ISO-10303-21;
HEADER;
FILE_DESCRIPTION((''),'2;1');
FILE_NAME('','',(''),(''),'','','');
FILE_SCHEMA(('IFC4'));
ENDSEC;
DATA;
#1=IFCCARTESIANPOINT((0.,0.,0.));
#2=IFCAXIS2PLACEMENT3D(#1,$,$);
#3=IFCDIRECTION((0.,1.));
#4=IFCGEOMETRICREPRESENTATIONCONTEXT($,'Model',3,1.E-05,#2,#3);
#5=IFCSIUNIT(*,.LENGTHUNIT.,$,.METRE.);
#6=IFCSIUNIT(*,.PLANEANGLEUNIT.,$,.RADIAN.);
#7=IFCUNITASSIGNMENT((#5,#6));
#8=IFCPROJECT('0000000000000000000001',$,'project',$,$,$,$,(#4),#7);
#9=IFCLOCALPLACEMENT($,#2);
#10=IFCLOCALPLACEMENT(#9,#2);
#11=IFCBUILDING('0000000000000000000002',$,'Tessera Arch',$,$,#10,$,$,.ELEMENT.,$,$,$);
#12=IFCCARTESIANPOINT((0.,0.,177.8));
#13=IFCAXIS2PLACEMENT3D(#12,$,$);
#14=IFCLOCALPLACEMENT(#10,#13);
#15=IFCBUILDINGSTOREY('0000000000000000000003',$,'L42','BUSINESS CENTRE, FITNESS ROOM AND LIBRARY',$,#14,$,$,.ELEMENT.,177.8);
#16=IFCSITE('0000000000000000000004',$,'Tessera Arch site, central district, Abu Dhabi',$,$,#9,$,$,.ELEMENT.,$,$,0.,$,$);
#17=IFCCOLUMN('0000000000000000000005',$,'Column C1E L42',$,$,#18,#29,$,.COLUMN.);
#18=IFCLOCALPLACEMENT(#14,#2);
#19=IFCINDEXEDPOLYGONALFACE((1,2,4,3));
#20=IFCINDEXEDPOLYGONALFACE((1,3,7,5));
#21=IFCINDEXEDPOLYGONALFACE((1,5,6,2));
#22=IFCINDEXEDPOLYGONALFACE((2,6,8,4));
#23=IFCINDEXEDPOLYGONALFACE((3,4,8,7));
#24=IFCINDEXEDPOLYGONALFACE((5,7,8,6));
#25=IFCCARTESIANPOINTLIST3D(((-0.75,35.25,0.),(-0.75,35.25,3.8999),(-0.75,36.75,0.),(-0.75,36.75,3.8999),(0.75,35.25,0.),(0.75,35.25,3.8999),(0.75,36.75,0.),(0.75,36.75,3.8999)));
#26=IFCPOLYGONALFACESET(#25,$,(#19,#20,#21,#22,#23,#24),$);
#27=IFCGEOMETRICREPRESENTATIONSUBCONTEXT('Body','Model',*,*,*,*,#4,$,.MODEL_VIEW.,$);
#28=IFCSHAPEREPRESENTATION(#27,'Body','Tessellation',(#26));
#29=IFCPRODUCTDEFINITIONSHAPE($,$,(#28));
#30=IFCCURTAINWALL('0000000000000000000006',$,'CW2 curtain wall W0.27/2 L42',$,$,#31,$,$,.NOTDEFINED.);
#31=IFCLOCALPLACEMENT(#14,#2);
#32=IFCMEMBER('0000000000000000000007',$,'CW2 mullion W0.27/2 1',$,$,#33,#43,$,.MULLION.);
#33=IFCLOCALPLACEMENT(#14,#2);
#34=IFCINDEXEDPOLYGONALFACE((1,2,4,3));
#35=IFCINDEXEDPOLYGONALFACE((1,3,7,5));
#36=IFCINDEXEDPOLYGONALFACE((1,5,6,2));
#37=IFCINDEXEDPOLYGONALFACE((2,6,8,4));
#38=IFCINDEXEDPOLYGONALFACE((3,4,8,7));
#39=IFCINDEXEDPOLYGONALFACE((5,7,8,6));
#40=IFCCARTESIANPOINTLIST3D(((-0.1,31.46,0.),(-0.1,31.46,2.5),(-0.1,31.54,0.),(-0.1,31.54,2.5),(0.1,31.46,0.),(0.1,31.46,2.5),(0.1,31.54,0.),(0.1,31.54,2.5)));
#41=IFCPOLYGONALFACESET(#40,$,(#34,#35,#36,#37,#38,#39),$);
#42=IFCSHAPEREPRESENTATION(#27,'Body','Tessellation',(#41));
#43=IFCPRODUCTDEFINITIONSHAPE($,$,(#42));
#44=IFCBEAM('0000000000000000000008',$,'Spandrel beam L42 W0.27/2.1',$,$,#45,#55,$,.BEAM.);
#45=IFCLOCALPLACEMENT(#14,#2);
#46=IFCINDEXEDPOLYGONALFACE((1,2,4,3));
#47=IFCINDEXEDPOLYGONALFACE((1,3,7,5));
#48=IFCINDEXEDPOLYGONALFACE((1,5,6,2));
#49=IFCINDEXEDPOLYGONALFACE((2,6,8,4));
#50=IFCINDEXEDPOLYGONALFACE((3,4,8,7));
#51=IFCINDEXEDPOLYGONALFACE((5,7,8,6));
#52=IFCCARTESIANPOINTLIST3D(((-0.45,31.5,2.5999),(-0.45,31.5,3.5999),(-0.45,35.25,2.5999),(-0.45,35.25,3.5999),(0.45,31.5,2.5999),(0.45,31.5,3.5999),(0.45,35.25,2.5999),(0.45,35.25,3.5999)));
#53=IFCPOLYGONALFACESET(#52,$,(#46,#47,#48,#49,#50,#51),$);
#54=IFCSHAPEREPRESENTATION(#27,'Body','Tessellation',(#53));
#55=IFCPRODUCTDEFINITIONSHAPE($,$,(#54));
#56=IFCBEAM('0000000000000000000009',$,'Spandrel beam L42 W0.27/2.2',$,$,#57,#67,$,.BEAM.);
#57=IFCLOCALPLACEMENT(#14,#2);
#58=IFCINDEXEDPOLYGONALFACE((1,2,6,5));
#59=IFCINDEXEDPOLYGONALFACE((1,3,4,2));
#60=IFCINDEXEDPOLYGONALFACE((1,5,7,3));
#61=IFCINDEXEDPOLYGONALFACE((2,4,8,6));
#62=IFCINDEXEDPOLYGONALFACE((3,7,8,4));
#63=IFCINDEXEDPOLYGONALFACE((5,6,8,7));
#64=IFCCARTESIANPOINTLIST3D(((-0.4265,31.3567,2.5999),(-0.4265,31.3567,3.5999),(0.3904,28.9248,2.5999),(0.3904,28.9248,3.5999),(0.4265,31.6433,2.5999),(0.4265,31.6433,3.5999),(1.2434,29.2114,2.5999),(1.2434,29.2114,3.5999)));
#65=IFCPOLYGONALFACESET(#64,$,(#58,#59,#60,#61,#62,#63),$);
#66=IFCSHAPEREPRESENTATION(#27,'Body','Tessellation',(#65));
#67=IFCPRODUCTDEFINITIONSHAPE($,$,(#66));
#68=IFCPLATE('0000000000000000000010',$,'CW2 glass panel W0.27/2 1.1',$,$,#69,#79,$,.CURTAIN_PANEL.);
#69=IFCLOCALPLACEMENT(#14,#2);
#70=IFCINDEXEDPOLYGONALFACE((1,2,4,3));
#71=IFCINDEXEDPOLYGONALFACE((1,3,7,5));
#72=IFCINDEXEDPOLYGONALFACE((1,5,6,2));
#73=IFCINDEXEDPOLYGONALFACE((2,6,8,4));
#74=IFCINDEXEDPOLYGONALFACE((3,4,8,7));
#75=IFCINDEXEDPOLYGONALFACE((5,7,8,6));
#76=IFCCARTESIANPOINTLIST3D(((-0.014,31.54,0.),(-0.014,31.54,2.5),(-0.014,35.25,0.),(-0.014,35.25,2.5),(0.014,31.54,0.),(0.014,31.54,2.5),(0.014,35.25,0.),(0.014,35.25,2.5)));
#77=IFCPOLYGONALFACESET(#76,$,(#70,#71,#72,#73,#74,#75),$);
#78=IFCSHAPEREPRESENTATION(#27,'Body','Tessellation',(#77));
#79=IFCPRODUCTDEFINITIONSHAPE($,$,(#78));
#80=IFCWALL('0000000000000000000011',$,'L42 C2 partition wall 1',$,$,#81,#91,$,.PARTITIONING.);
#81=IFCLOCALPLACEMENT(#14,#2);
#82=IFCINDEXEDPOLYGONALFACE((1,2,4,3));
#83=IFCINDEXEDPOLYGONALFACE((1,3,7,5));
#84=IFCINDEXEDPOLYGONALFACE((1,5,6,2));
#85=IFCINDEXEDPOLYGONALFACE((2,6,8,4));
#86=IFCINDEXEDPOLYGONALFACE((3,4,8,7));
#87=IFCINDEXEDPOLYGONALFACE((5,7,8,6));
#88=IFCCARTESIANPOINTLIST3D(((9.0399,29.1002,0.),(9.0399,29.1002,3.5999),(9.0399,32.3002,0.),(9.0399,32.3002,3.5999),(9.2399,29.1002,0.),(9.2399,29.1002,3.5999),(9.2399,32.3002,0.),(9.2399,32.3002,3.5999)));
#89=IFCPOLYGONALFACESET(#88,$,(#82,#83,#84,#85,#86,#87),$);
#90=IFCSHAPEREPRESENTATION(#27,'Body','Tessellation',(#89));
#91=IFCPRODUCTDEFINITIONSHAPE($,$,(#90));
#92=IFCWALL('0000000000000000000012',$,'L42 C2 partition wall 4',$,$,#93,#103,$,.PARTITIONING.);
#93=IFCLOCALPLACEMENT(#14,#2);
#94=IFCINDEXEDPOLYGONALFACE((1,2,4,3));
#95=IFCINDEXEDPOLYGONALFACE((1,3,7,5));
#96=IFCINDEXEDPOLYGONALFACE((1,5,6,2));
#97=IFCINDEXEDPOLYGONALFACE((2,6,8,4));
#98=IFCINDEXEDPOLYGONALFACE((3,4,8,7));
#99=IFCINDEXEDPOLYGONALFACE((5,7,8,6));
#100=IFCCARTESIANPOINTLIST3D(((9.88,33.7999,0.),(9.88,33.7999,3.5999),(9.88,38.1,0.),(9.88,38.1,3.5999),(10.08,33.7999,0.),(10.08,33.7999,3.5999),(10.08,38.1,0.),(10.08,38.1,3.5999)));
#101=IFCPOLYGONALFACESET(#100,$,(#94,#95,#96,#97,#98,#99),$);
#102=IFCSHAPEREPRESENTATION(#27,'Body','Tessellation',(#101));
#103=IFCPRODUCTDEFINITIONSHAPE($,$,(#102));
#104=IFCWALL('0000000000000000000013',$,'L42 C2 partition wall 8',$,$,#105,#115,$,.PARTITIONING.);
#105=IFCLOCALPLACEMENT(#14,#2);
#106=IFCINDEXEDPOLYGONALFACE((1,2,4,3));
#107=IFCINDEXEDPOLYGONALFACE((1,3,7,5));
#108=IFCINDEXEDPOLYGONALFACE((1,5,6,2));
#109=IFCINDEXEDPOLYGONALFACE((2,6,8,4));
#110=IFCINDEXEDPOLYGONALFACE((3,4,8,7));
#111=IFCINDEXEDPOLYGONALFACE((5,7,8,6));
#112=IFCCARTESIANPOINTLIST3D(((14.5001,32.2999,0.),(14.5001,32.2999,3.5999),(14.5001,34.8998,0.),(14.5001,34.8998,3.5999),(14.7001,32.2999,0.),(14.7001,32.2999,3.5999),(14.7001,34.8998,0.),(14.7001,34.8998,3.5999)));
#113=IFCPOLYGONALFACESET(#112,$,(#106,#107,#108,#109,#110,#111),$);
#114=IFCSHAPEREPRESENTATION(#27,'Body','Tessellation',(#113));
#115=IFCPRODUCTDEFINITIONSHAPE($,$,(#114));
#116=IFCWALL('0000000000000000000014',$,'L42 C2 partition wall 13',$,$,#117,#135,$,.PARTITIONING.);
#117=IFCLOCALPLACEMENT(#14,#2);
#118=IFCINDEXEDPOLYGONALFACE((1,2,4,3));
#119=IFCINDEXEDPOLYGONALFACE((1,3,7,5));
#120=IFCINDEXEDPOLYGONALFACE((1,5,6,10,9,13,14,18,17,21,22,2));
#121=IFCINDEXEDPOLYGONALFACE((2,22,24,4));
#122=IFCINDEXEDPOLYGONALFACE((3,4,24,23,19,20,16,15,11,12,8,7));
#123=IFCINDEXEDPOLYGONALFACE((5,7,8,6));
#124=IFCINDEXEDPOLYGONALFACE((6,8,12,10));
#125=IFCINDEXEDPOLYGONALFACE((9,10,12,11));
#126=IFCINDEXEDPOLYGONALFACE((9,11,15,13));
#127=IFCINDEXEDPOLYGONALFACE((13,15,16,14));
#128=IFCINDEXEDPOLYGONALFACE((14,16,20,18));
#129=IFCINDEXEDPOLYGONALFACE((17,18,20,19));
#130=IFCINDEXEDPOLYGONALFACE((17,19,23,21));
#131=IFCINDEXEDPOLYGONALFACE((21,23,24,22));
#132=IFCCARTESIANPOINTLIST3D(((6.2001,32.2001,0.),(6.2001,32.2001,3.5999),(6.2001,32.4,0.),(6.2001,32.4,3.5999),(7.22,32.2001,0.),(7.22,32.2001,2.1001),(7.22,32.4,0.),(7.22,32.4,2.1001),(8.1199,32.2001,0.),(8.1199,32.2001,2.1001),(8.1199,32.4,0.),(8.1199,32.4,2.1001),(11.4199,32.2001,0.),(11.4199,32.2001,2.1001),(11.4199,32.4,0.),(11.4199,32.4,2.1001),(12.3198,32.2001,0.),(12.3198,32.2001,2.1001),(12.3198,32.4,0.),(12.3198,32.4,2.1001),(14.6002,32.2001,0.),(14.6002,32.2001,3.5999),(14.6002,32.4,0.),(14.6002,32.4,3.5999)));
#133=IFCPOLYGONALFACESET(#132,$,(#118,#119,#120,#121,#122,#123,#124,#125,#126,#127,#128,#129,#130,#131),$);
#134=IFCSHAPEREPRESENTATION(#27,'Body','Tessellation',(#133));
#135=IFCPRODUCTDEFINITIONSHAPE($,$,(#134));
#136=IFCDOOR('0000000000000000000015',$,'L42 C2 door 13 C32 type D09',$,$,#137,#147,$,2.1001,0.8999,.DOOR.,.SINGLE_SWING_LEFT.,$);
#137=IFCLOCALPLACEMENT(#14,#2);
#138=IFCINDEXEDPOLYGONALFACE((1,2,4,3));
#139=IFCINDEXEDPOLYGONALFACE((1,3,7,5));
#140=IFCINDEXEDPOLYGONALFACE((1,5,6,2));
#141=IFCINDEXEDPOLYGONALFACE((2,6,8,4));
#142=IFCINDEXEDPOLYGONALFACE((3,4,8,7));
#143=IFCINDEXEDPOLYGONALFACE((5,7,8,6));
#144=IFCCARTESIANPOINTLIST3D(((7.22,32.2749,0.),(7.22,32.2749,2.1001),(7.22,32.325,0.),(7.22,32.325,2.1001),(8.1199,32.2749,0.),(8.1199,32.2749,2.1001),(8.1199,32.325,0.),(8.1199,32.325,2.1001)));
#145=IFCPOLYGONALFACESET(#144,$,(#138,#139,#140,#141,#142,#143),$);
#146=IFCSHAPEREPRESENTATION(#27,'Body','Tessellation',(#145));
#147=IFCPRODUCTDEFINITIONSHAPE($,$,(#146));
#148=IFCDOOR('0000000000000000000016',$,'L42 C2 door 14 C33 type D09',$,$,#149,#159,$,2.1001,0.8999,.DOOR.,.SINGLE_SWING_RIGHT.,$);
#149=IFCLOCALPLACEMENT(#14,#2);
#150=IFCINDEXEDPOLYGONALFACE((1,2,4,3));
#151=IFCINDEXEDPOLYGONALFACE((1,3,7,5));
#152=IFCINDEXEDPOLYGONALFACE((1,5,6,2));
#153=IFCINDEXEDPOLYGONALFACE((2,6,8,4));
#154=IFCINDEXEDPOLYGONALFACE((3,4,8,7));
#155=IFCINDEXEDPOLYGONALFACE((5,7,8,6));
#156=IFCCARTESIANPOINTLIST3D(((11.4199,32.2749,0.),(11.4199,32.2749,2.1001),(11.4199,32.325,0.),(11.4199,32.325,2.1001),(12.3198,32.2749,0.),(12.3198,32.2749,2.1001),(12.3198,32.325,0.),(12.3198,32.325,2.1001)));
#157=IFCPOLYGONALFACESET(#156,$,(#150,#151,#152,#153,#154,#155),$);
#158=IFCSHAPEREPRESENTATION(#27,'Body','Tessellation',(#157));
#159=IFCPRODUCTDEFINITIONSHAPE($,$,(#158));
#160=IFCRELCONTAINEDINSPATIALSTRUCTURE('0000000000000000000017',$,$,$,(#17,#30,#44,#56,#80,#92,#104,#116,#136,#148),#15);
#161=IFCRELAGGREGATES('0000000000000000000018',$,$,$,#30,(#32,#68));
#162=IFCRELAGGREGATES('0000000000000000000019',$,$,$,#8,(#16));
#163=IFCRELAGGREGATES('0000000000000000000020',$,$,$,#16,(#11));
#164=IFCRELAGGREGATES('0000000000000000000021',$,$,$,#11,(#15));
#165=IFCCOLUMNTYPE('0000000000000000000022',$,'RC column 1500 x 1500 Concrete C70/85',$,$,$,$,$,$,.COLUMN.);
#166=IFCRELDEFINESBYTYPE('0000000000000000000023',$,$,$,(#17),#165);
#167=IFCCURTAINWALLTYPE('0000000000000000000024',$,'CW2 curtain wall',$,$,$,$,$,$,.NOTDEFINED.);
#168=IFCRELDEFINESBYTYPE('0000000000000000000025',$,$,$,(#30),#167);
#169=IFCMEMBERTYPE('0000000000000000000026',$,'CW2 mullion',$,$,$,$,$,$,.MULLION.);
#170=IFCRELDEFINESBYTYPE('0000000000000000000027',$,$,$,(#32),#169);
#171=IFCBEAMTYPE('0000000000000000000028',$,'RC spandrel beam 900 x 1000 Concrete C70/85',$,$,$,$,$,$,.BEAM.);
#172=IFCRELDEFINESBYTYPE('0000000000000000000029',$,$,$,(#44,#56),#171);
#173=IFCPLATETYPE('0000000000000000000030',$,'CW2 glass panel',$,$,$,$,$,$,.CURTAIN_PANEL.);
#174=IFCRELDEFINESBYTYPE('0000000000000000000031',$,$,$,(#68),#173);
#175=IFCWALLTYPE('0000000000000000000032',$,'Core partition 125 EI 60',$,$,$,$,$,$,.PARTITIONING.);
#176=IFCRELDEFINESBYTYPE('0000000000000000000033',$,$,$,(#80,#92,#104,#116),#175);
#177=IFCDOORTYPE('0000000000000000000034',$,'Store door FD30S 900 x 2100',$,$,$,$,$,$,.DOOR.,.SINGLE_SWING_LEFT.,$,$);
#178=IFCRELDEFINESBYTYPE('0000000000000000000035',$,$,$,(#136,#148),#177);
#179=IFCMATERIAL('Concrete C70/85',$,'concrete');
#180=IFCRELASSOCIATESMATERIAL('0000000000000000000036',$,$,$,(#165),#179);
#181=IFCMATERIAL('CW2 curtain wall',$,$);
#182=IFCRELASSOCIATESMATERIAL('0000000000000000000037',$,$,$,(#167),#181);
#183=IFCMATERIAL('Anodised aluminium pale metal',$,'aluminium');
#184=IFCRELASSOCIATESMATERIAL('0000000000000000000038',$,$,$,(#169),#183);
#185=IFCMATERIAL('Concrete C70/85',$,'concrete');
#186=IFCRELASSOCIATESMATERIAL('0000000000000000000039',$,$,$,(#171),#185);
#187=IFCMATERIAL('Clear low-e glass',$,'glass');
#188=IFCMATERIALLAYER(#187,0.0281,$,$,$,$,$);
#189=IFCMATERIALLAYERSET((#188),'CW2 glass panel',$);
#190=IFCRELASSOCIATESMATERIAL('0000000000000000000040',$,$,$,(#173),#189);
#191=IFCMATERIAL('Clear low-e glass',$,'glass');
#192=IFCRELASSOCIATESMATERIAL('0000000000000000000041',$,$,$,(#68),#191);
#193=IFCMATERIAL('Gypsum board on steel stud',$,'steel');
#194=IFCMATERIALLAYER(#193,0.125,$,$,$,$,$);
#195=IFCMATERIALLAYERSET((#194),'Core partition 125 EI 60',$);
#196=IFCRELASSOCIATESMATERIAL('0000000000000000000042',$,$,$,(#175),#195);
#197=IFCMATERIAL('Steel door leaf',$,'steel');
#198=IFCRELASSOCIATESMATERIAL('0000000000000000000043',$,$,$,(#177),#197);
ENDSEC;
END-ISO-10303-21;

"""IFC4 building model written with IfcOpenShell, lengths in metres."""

from ifc_helpers import new_model, si_unit, direction, frame, frame_2d, origin, origin_2d, place, context, subcontext, project, spatial, rectangle, extrude, material, layer, layer_set, material_profile, profile_set, type_object, element, fill, aggregate, save


model = new_model("IFC4")

# Units and contexts
model_context = context("Model", 3, precision=1e-05, world=origin(), true_north=direction((0.0, 1.0)))
body_context = subcontext(model_context, "Body", "Model", "MODEL_VIEW")
ifc_project = project(units=[si_unit("LENGTHUNIT", "METRE"), si_unit("PLANEANGLEUNIT", "RADIAN")], contexts=[model_context])

# Site, building, storey
site_placement = place(None, origin())
site = spatial("IfcSite", under=ifc_project, at=site_placement, Name="Tessera Arch site, central district, Abu Dhabi", CompositionType="ELEMENT", RefElevation=0.0)
building_placement = place(site_placement, origin())
building = spatial("IfcBuilding", under=site, at=building_placement, Name="Tessera Arch", CompositionType="ELEMENT")
storey_placement = place(building_placement, frame((0.0, 0.0, 177.8)))
storey = spatial("IfcBuildingStorey", under=building, at=storey_placement, Name="L42", Description="BUSINESS CENTRE, FITNESS ROOM AND LIBRARY", CompositionType="ELEMENT", Elevation=177.8)

# Column
ifc_material_1 = material(Name="Concrete C70/85", Category="concrete")
ifc_material_profile_1 = material_profile(ifc_material_1, rectangle(XDim=1.5, YDim=1.5, at=origin_2d()), Name="RC column 1500 x 1500 Concrete C70/85")
ifc_profile_set_1 = profile_set([ifc_material_profile_1], Name="Concrete C70/85")
column_type = type_object("IfcColumnType", Name="RC column 1500 x 1500 Concrete C70/85", PredefinedType="COLUMN", material=ifc_profile_set_1)
column_placement = place(storey_placement, frame((0.0, 36.0, 0.0), z_axis=(0.0, 0.0, 1.0), x_axis=(1.0, 0.0, 0.0)))
element("IfcColumn", 1, at=column_placement, inside=storey, type_object=column_type, Name="Column C1E L42", PredefinedType="COLUMN", context=body_context, shape_type="SweptSolid", body=[
    extrude(rectangle(XDim=1.5, YDim=1.5, at=origin_2d()), origin(), (0.0, 0.0, 1.0), 3.8999),
])

# Curtain wall, member
ifc_material_2 = material(Name="CW2 curtain wall")
curtain_wall_type = type_object("IfcCurtainWallType", Name="CW2 curtain wall", PredefinedType="NOTDEFINED", material=ifc_material_2)
curtain_wall_placement = place(storey_placement, origin())
curtain_wall = element("IfcCurtainWall", 2, at=curtain_wall_placement, inside=storey, type_object=curtain_wall_type, Name="CW2 curtain wall W0.27/2 L42", PredefinedType="NOTDEFINED")
ifc_material_3 = material(Name="Anodised aluminium pale metal", Category="aluminium")
ifc_material_profile_2 = material_profile(ifc_material_3, rectangle(XDim=0.2, YDim=0.0801, at=origin_2d()), Name="AL 80x200")
ifc_profile_set_2 = profile_set([ifc_material_profile_2], Name="Anodised aluminium pale metal")
member_type = type_object("IfcMemberType", Name="CW2 mullion", PredefinedType="MULLION", material=ifc_profile_set_2)
member_placement = place(storey_placement, frame((0.0, 31.5, 0.0), z_axis=(0.0, 0.0, 1.0), x_axis=(1.0, 0.0, 0.0)))
member = element("IfcMember", 3, at=member_placement, type_object=member_type, Name="CW2 mullion W0.27/2 1", PredefinedType="MULLION", context=body_context, shape_type="SweptSolid", body=[
    extrude(rectangle(XDim=0.2, YDim=0.0801, at=origin_2d()), origin(), (0.0, 0.0, 1.0), 2.5),
])

# Beams
ifc_material_4 = material(Name="Concrete C70/85", Category="concrete")
ifc_material_profile_3 = material_profile(ifc_material_4, rectangle(XDim=0.8999, YDim=1.0, at=origin_2d()), Name="RC spandrel beam 900 x 1000 Concrete C70/85")
ifc_profile_set_3 = profile_set([ifc_material_profile_3], Name="Concrete C70/85")
beam_type = type_object("IfcBeamType", Name="RC spandrel beam 900 x 1000 Concrete C70/85", PredefinedType="BEAM", material=ifc_profile_set_3)
beam_1_placement = place(storey_placement, frame((0.0, 35.25, 3.0999), z_axis=(0.0, -1.0, 0.0), x_axis=(1.0, 0.0, 0.0)))
element("IfcBeam", 4, at=beam_1_placement, inside=storey, type_object=beam_type, Name="Spandrel beam L42 W0.27/2.1", PredefinedType="BEAM", context=body_context, shape_type="SweptSolid", body=[
    extrude(rectangle(XDim=0.8999, YDim=1.0, at=origin_2d()), origin(), (0.0, 0.0, 1.0), 3.75),
])
beam_2_placement = place(storey_placement, frame((0.0, 31.5, 3.0999), z_axis=(0.318425, -0.947948, 0.0), x_axis=(0.947948, 0.318425, 0.0)))
element("IfcBeam", 5, at=beam_2_placement, inside=storey, type_object=beam_type, Name="Spandrel beam L42 W0.27/2.2", PredefinedType="BEAM", context=body_context, shape_type="SweptSolid", body=[
    extrude(rectangle(XDim=0.8999, YDim=1.0, at=origin_2d()), origin(), (0.0, 0.0, 1.0), 2.5654),
])

# Plate
ifc_material_5 = material(Name="Clear low-e glass", Category="glass")
ifc_material_6 = material(Name="Clear low-e glass", Category="glass")
ifc_layer_1 = layer(ifc_material_6, 0.0281)
ifc_layer_set_1 = layer_set([ifc_layer_1], Name="CW2 glass panel")
plate_type = type_object("IfcPlateType", Name="CW2 glass panel", PredefinedType="CURTAIN_PANEL", material=ifc_layer_set_1)
plate_placement = place(storey_placement, frame((0.0, 33.395, 0.0), z_axis=(0.0, 0.0, 1.0), x_axis=(0.0, -1.0, 0.0)))
plate = element("IfcPlate", 6, at=plate_placement, type_object=plate_type, material=ifc_material_5, Name="CW2 glass panel W0.27/2 1.1", PredefinedType="CURTAIN_PANEL", context=body_context, shape_type="SweptSolid", body=[
    extrude(rectangle(XDim=3.71, YDim=0.0281, at=origin_2d()), origin(), (0.0, 0.0, 1.0), 2.5),
])
aggregate(curtain_wall, [member, plate])

# Walls
ifc_material_7 = material(Name="Gypsum board on steel stud", Category="steel")
ifc_layer_2 = layer(ifc_material_7, 0.125)
ifc_layer_set_2 = layer_set([ifc_layer_2], Name="Core partition 125 EI 60")
wall_type_1 = type_object("IfcWallType", Name="Core partition 125 EI 60", PredefinedType="PARTITIONING", material=ifc_layer_set_2)
wall_1_placement = place(storey_placement, frame((9.1399, 29.1001, 0.0), z_axis=(0.0, 0.0, 1.0), x_axis=(0.0, 1.0, 0.0)))
element("IfcWall", 7, at=wall_1_placement, inside=storey, type_object=wall_type_1, Name="L42 C2 partition wall 1", PredefinedType="PARTITIONING", context=body_context, shape_type="SweptSolid", body=[
    extrude(rectangle(XDim=3.2, YDim=0.2, at=frame_2d((1.6001, 0.0))), origin(), (0.0, 0.0, 1.0), 3.5999),
])
wall_2_placement = place(storey_placement, frame((9.98, 33.8, 0.0), z_axis=(0.0, 0.0, 1.0), x_axis=(0.0, 1.0, 0.0)))
element("IfcWall", 8, at=wall_2_placement, inside=storey, type_object=wall_type_1, Name="L42 C2 partition wall 4", PredefinedType="PARTITIONING", context=body_context, shape_type="SweptSolid", body=[
    extrude(rectangle(XDim=4.3, YDim=0.2, at=frame_2d((2.1499, 0.0))), origin(), (0.0, 0.0, 1.0), 3.5999),
])
wall_3_placement = place(storey_placement, frame((14.6001, 32.3, 0.0), z_axis=(0.0, 0.0, 1.0), x_axis=(0.0, 1.0, 0.0)))
element("IfcWall", 9, at=wall_3_placement, inside=storey, type_object=wall_type_1, Name="L42 C2 partition wall 8", PredefinedType="PARTITIONING", context=body_context, shape_type="SweptSolid", body=[
    extrude(rectangle(XDim=2.5999, YDim=0.2, at=frame_2d((1.2998, 0.0))), origin(), (0.0, 0.0, 1.0), 3.5999),
])

# Wall, openings, doors
wall_4_placement = place(storey_placement, frame((6.2, 32.3, 0.0), z_axis=(0.0, 0.0, 1.0), x_axis=(1.0, 0.0, 0.0)))
wall_4 = element("IfcWall", 10, at=wall_4_placement, inside=storey, type_object=wall_type_1, Name="L42 C2 partition wall 13", PredefinedType="PARTITIONING", context=body_context, shape_type="SweptSolid", body=[
    extrude(rectangle(XDim=8.4001, YDim=0.2, at=frame_2d((4.2002, 0.0))), origin(), (0.0, 0.0, 1.0), 3.5999),
])
opening_1_placement = place(wall_4_placement, frame((1.02, 0.0, 0.0)))
opening_1 = element("IfcOpeningElement", 11, at=opening_1_placement, cuts=wall_4, PredefinedType="OPENING", context=body_context, shape_type="SweptSolid", body=[
    extrude(rectangle(XDim=0.8999, YDim=2.1001, at=frame_2d((0.45, 1.05))), frame((0.0, 0.1099, 0.0), z_axis=(0.0, -1.0, 0.0), x_axis=(1.0, 0.0, 0.0)), (0.0, 0.0, 1.0), 0.22),
])
opening_2_placement = place(wall_4_placement, frame((5.22, 0.0, 0.0)))
opening_2 = element("IfcOpeningElement", 12, at=opening_2_placement, cuts=wall_4, PredefinedType="OPENING", context=body_context, shape_type="SweptSolid", body=[
    extrude(rectangle(XDim=0.8999, YDim=2.1001, at=frame_2d((0.45, 1.05))), frame((0.0, 0.1099, 0.0), z_axis=(0.0, -1.0, 0.0), x_axis=(1.0, 0.0, 0.0)), (0.0, 0.0, 1.0), 0.22),
])
ifc_material_8 = material(Name="Steel door leaf", Category="steel")
door_type = type_object("IfcDoorType", Name="Store door FD30S 900 x 2100", OperationType="SINGLE_SWING_LEFT", PredefinedType="DOOR", material=ifc_material_8)
door_1_placement = place(opening_1_placement, origin())
door_1 = element("IfcDoor", 13, at=door_1_placement, inside=storey, type_object=door_type, Name="L42 C2 door 13 C32 type D09", OperationType="SINGLE_SWING_LEFT", OverallHeight=2.1001, OverallWidth=0.8999, PredefinedType="DOOR", context=body_context, shape_type="SweptSolid", body=[
    extrude(rectangle(XDim=0.8999, YDim=2.1001, at=frame_2d((0.45, 1.05))), frame((0.0, 0.0249, 0.0), z_axis=(0.0, -1.0, 0.0), x_axis=(1.0, 0.0, 0.0)), (0.0, 0.0, 1.0), 0.05),
])
fill(opening_1, door_1)
door_2_placement = place(opening_2_placement, origin())
door_2 = element("IfcDoor", 14, at=door_2_placement, inside=storey, type_object=door_type, Name="L42 C2 door 14 C33 type D09", OperationType="SINGLE_SWING_RIGHT", OverallHeight=2.1001, OverallWidth=0.8999, PredefinedType="DOOR", context=body_context, shape_type="SweptSolid", body=[
    extrude(rectangle(XDim=0.8999, YDim=2.1001, at=frame_2d((0.45, 1.05))), frame((0.0, 0.0249, 0.0), z_axis=(0.0, -1.0, 0.0), x_axis=(1.0, 0.0, 0.0)), (0.0, 0.0, 1.0), 0.05),
])
fill(opening_2, door_2)

save(model, "model.ifc")
